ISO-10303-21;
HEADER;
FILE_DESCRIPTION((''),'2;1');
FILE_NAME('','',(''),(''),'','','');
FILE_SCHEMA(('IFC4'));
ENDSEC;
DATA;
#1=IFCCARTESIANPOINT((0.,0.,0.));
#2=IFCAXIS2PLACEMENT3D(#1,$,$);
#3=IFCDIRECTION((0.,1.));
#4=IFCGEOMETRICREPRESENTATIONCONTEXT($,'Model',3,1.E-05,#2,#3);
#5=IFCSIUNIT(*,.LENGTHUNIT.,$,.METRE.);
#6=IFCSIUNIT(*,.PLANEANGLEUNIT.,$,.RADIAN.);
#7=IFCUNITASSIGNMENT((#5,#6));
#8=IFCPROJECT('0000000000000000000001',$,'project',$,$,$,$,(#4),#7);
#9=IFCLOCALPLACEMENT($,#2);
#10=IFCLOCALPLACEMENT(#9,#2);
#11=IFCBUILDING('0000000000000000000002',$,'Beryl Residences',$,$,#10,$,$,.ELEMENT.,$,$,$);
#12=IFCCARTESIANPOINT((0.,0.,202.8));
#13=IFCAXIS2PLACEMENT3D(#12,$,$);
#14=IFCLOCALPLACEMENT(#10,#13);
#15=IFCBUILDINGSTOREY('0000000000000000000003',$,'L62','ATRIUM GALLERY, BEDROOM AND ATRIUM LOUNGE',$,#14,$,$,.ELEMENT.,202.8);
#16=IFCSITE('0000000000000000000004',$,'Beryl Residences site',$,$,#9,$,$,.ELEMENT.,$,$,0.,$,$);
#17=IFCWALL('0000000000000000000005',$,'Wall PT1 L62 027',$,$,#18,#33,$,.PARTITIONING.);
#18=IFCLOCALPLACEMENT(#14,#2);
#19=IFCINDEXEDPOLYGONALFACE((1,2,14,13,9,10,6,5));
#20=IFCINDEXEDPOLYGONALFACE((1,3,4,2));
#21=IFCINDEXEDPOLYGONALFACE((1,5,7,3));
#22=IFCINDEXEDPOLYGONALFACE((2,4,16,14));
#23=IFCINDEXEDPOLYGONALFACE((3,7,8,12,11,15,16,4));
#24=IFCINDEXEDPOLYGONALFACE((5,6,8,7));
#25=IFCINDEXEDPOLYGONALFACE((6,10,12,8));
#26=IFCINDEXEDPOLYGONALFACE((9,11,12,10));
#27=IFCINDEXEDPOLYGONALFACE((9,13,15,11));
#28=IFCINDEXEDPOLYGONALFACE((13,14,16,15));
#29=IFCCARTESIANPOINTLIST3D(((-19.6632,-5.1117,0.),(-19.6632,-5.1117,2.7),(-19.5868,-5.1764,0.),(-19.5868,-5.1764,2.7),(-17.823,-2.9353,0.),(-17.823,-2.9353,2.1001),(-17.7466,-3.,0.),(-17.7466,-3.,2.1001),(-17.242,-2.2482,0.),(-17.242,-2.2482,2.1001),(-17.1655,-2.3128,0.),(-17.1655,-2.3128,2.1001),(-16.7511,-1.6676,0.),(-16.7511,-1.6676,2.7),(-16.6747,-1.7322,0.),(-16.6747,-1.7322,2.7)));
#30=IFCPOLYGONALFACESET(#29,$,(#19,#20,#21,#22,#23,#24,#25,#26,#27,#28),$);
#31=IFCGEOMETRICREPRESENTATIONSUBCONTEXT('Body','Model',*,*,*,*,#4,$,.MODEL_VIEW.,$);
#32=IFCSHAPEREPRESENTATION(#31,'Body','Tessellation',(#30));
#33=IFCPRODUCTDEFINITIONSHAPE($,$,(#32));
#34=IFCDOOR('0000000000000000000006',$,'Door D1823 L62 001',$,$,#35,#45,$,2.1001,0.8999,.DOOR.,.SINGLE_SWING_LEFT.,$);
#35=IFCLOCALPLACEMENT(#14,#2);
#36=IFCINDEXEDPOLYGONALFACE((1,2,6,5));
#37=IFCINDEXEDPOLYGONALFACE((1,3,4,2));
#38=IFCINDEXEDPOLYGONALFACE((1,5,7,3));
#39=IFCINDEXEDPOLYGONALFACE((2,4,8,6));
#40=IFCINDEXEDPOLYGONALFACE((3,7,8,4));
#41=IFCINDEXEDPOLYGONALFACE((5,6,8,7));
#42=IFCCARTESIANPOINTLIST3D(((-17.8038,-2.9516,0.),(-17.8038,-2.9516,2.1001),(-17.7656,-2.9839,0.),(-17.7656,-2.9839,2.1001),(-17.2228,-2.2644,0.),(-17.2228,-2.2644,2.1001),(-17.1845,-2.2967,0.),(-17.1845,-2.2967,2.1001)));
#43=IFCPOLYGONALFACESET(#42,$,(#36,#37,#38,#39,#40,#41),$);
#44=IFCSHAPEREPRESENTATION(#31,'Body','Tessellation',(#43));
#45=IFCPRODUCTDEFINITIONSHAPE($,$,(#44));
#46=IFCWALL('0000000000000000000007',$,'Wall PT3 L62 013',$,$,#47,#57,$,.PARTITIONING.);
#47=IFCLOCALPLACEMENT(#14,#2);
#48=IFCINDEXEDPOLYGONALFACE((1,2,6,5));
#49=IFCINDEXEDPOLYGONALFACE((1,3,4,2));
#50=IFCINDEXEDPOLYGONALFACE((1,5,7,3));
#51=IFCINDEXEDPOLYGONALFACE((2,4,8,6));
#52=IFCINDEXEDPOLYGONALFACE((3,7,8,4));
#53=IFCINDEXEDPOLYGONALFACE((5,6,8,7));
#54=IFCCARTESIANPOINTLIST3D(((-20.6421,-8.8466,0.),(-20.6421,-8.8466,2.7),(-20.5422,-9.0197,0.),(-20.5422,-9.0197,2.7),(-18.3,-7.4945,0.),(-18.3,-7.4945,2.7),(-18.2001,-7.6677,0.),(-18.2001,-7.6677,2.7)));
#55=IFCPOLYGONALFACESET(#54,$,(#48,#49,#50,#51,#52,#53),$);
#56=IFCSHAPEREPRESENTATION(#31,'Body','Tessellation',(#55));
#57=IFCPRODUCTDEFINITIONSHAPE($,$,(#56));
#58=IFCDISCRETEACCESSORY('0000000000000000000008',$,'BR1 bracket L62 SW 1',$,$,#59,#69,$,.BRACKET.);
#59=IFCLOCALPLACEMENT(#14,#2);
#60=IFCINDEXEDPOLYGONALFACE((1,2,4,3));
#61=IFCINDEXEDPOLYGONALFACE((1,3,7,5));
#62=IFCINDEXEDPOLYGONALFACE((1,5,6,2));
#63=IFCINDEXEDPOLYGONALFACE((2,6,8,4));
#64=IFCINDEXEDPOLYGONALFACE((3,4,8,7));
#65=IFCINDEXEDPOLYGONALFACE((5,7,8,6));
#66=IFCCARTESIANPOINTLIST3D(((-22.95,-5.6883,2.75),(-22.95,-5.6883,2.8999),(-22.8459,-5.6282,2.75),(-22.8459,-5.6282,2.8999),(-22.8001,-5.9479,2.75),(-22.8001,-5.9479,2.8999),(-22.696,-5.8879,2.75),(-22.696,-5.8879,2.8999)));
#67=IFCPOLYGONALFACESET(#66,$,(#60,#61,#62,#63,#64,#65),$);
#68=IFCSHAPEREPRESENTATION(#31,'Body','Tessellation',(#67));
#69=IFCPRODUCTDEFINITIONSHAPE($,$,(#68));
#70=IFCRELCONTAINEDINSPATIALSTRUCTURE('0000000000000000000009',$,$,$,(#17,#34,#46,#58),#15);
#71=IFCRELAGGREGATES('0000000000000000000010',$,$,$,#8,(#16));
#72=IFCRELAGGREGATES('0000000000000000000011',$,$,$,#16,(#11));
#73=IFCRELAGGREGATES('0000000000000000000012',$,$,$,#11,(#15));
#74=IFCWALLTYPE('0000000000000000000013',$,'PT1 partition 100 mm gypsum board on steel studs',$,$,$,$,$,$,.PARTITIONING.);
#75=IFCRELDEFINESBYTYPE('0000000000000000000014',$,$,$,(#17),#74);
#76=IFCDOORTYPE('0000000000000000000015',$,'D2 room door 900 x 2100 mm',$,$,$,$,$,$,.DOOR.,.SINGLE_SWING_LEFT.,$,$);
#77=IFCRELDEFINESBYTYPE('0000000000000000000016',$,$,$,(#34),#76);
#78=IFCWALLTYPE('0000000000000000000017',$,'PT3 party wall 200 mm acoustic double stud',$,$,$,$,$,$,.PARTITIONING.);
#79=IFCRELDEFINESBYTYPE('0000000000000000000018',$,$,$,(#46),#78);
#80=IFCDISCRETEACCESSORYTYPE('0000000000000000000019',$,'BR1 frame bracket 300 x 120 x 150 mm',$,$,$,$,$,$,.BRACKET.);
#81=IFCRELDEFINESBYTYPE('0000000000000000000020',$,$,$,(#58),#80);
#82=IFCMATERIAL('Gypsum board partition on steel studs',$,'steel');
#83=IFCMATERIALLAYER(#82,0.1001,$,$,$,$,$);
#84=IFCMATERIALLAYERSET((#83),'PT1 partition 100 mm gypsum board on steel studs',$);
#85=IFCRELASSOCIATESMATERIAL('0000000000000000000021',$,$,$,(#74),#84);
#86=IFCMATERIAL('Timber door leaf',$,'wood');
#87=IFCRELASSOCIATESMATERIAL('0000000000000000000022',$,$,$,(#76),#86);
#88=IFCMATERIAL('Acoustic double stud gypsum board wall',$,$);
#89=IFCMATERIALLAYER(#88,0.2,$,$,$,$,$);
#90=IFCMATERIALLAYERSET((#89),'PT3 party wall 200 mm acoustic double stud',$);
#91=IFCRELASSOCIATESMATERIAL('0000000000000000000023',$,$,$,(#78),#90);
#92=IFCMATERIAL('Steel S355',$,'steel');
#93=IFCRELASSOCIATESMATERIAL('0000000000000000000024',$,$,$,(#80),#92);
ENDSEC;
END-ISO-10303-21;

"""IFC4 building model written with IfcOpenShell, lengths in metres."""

from ifc_helpers import new_model, si_unit, direction, frame, frame_2d, origin, place, context, subcontext, project, spatial, polyline, rectangle, outline, extrude, source, transform, mapped, material, layer, layer_set, type_object, type_shapes, element, fill, save


model = new_model("IFC4")

# Units and contexts
model_context = context("Model", 3, precision=1e-05, world=origin(), true_north=direction((0.0, 1.0)))
body_context = subcontext(model_context, "Body", "Model", "MODEL_VIEW")
ifc_project = project(units=[si_unit("LENGTHUNIT", "METRE"), si_unit("PLANEANGLEUNIT", "RADIAN")], contexts=[model_context])

# Site, building, storey
site_placement = place(None, origin())
site = spatial("IfcSite", under=ifc_project, at=site_placement, Name="Beryl Residences site", CompositionType="ELEMENT", RefElevation=0.0)
building_placement = place(site_placement, origin())
building = spatial("IfcBuilding", under=site, at=building_placement, Name="Beryl Residences", CompositionType="ELEMENT")
storey_placement = place(building_placement, frame((0.0, 0.0, 202.8)))
storey = spatial("IfcBuildingStorey", under=building, at=storey_placement, Name="L62", Description="ATRIUM GALLERY, BEDROOM AND ATRIUM LOUNGE", CompositionType="ELEMENT", Elevation=202.8)

# Wall, opening, door
ifc_material_1 = material(Name="Gypsum board partition on steel studs", Category="steel")
ifc_layer_1 = layer(ifc_material_1, 0.1001)
ifc_layer_set_1 = layer_set([ifc_layer_1], Name="PT1 partition 100 mm gypsum board on steel studs")
wall_type_1 = type_object("IfcWallType", Name="PT1 partition 100 mm gypsum board on steel studs", PredefinedType="PARTITIONING", material=ifc_layer_set_1)
wall_1_placement = place(storey_placement, frame((-19.625, -5.144, 0.0), z_axis=(0.0, 0.0, 1.0), x_axis=(0.645668, 0.763618, 0.0)))
wall_1 = element("IfcWall", 1, at=wall_1_placement, inside=storey, type_object=wall_type_1, Name="Wall PT1 L62 027", PredefinedType="PARTITIONING", context=body_context, shape_type="SweptSolid", body=[
    extrude(rectangle(XDim=4.5103, YDim=0.1001, at=frame_2d((2.2551, 0.0))), origin(), (0.0, 0.0, 1.0), 2.7),
])
opening_1_placement = place(wall_1_placement, frame((2.8501, 0.0, 0.0)))
opening_1 = element("IfcOpeningElement", 2, at=opening_1_placement, cuts=wall_1, PredefinedType="OPENING", context=body_context, shape_type="SweptSolid", body=[
    extrude(rectangle(XDim=0.8999, YDim=2.1001, at=frame_2d((0.45, 1.05))), frame((0.0, 0.0601, 0.0), z_axis=(0.0, -1.0, 0.0), x_axis=(1.0, 0.0, 0.0)), (0.0, 0.0, 1.0), 0.1201),
])
ifc_material_2 = material(Name="Timber door leaf", Category="wood")
door_type = type_object("IfcDoorType", Name="D2 room door 900 x 2100 mm", OperationType="SINGLE_SWING_LEFT", PredefinedType="DOOR", material=ifc_material_2)
door_placement = place(opening_1_placement, origin())
door = element("IfcDoor", 3, at=door_placement, inside=storey, type_object=door_type, Name="Door D1823 L62 001", OperationType="SINGLE_SWING_LEFT", OverallHeight=2.1001, OverallWidth=0.8999, PredefinedType="DOOR", context=body_context, shape_type="SweptSolid", body=[
    extrude(rectangle(XDim=0.8999, YDim=2.1001, at=frame_2d((0.45, 1.05))), frame((0.0, 0.0249, 0.0), z_axis=(0.0, -1.0, 0.0), x_axis=(1.0, 0.0, 0.0)), (0.0, 0.0, 1.0), 0.05),
])
fill(opening_1, door)

# Wall
ifc_material_3 = material(Name="Acoustic double stud gypsum board wall")
ifc_layer_2 = layer(ifc_material_3, 0.2)
ifc_layer_set_2 = layer_set([ifc_layer_2], Name="PT3 party wall 200 mm acoustic double stud")
wall_type_2 = type_object("IfcWallType", Name="PT3 party wall 200 mm acoustic double stud", PredefinedType="PARTITIONING", material=ifc_layer_set_2)
wall_2_placement = place(storey_placement, frame((-20.592, -8.9331, 0.0), z_axis=(0.0, 0.0, 1.0), x_axis=(0.866046, 0.499965, 0.0)))
element("IfcWall", 4, at=wall_2_placement, inside=storey, type_object=wall_type_2, Name="Wall PT3 L62 013", PredefinedType="PARTITIONING", context=body_context, shape_type="SweptSolid", body=[
    extrude(rectangle(XDim=2.7043, YDim=0.2, at=frame_2d((1.3521, 0.0))), origin(), (0.0, 0.0, 1.0), 2.7),
])

# Discrete accessory
ifc_material_4 = material(Name="Steel S355", Category="steel")
discrete_accessory_type = type_object("IfcDiscreteAccessoryType", Name="BR1 frame bracket 300 x 120 x 150 mm", PredefinedType="BRACKET", material=ifc_material_4)
shared_shape_1 = source(origin(), body_context, "Body", "SweptSolid", [
    extrude(outline(polyline([(-0.1499, 0.0), (0.1499, 0.0), (0.1499, 0.1201), (-0.1499, 0.1201), (-0.1499, 0.0)])), origin(), (0.0, 0.0, 1.0), 0.1499),
])
type_shapes(discrete_accessory_type, [shared_shape_1])
discrete_accessory_placement = place(storey_placement, frame((-22.771, -5.7581, 2.75), z_axis=(0.0, 0.0, 1.0), x_axis=(-0.5, 0.866025, 0.0)))
element("IfcDiscreteAccessory", 5, at=discrete_accessory_placement, inside=storey, type_object=discrete_accessory_type, Name="BR1 bracket L62 SW 1", PredefinedType="BRACKET", context=body_context, shape_type="MappedRepresentation", body=[
    mapped(shared_shape_1, transform((0.0, 0.0, 0.0))),
])

save(model, "model.ifc")
